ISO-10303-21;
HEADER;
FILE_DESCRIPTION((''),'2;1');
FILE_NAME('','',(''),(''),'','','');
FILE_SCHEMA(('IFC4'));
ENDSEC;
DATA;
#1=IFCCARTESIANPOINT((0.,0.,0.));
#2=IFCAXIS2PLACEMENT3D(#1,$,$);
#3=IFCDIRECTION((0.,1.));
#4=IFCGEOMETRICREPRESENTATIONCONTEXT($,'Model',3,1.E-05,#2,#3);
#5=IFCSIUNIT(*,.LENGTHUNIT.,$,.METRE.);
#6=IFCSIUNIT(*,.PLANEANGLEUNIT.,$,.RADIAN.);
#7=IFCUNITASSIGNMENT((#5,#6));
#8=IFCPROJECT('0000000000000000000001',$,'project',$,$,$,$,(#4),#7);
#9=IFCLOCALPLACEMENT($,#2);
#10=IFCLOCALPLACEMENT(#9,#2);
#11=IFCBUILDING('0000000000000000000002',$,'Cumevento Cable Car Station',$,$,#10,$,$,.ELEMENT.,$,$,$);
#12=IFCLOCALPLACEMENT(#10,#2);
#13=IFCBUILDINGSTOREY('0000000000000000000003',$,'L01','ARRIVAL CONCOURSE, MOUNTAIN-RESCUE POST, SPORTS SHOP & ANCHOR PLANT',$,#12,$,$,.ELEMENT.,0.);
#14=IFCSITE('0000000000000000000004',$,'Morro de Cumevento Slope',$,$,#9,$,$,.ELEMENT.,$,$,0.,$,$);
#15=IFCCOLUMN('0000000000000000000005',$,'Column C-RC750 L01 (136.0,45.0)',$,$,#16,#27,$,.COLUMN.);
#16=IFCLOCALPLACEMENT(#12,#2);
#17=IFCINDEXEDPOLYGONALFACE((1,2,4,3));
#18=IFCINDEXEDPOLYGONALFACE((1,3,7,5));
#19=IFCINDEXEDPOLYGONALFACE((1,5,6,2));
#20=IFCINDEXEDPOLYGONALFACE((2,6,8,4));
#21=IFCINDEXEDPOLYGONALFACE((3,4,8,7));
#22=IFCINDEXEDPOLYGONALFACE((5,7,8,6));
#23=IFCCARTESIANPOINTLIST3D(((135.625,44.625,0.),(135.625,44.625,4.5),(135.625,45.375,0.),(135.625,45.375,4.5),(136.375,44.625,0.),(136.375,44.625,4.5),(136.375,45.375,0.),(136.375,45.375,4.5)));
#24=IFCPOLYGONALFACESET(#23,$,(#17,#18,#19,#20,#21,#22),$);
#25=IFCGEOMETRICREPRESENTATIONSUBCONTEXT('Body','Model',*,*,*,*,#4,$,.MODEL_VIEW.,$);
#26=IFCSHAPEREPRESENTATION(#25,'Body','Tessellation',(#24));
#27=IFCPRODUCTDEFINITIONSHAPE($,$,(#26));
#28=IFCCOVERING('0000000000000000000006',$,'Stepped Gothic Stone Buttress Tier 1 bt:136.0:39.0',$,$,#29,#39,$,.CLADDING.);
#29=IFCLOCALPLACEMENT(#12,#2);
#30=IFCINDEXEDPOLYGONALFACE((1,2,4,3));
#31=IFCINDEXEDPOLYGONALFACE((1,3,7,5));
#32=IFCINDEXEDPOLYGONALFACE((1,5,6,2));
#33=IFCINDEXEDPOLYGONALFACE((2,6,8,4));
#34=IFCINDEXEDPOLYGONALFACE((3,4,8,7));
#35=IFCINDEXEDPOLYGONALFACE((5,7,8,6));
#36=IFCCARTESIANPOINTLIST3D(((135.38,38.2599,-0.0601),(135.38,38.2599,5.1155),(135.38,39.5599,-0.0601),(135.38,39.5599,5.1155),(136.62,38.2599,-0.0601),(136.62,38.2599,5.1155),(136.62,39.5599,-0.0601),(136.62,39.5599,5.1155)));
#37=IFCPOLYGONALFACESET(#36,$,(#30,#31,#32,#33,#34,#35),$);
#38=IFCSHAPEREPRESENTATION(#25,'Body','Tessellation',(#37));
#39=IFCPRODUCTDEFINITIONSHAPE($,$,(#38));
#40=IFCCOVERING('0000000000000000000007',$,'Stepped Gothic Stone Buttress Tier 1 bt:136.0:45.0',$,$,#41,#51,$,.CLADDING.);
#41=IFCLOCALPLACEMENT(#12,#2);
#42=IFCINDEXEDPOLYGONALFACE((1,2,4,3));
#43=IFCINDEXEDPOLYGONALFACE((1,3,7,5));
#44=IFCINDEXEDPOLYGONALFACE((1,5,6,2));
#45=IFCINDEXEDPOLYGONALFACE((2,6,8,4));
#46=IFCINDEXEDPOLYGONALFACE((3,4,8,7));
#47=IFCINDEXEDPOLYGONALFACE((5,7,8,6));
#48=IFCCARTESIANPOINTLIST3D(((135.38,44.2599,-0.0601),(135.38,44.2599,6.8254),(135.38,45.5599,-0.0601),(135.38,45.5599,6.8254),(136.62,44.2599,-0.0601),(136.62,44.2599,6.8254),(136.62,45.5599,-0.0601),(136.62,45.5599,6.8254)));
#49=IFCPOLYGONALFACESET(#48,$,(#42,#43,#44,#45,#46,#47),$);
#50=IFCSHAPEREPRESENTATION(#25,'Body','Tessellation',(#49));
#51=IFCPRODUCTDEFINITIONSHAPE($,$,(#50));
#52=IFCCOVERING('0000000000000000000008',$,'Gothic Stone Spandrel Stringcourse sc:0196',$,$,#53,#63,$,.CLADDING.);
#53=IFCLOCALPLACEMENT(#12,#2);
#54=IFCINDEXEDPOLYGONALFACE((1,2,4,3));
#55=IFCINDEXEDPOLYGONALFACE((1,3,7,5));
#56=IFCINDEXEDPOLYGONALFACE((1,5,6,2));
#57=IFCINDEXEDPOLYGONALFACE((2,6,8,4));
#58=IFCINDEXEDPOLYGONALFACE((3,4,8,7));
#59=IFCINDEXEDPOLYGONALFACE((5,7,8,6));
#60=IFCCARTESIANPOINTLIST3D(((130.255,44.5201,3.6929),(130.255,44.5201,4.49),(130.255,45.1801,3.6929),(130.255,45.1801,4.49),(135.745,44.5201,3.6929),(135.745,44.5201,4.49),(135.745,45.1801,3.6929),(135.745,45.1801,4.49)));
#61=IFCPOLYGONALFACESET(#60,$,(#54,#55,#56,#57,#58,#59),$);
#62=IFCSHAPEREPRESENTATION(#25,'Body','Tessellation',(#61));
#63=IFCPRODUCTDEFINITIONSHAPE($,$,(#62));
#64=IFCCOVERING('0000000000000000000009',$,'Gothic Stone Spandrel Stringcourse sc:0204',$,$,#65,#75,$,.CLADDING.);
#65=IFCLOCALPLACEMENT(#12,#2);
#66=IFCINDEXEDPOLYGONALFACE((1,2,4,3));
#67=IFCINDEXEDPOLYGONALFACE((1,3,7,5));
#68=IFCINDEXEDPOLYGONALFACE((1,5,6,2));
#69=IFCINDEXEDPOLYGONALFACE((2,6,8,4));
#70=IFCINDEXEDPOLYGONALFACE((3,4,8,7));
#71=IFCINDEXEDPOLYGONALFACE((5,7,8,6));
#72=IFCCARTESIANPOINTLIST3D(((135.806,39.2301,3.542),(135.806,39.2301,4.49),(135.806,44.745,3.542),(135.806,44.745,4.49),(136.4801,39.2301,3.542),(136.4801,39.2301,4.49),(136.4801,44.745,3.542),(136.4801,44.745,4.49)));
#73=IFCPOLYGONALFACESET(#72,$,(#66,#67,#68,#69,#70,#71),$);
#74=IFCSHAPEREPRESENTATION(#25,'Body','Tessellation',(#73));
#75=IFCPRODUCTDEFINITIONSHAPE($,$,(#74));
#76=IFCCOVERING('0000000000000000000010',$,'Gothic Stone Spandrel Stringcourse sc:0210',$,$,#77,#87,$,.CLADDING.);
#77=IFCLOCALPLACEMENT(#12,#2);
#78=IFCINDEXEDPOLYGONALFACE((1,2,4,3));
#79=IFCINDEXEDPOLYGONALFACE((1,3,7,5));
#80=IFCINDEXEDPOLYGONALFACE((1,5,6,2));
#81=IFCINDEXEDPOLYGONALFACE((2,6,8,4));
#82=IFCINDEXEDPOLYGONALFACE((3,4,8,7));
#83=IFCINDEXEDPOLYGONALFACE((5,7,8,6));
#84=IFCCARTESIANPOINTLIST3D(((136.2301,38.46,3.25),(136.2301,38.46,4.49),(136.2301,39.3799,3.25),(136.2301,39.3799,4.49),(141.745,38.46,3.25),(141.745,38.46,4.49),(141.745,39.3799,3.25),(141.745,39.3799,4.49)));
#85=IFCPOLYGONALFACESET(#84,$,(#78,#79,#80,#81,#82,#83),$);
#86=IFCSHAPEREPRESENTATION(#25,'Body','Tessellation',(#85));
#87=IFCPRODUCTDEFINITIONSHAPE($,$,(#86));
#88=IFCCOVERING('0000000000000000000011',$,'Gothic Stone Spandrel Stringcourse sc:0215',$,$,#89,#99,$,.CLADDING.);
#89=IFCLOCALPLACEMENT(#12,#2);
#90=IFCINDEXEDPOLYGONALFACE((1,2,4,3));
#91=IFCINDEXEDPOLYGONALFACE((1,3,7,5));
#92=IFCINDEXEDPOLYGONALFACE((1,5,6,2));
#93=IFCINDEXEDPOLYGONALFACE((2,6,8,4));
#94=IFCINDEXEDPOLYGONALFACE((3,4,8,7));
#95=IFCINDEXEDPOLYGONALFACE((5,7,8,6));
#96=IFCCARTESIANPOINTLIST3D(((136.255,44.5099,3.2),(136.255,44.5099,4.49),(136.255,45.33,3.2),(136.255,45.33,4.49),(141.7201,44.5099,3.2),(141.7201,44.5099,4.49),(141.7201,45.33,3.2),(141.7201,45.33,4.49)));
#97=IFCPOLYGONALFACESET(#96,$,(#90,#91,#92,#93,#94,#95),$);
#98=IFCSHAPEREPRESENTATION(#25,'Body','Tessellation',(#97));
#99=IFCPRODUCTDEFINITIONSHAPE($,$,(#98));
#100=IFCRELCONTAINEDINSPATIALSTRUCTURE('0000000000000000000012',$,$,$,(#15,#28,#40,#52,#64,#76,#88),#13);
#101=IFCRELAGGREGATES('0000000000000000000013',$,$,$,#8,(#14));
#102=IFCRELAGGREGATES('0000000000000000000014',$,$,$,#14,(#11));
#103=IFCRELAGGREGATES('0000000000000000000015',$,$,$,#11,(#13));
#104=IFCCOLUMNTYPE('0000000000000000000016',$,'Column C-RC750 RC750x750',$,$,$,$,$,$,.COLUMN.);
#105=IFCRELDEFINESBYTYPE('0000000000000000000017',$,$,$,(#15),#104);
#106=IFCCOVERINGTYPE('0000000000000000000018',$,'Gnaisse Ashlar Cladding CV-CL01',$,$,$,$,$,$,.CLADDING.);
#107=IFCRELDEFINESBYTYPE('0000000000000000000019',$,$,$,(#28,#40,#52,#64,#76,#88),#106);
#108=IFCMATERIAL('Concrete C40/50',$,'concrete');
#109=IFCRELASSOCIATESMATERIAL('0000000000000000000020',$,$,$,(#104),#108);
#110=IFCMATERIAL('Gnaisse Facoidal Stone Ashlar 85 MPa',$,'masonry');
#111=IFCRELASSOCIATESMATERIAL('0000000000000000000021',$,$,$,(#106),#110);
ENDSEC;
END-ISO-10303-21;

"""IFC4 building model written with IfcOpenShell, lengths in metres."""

from ifc_helpers import new_model, si_unit, direction, frame, origin, origin_2d, place, context, subcontext, project, spatial, rectangle, extrude, material, material_profile, profile_set, type_object, element, save


model = new_model("IFC4")

# Units and contexts
model_context = context("Model", 3, precision=1e-05, world=origin(), true_north=direction((0.0, 1.0)))
body_context = subcontext(model_context, "Body", "Model", "MODEL_VIEW")
ifc_project = project(units=[si_unit("LENGTHUNIT", "METRE"), si_unit("PLANEANGLEUNIT", "RADIAN")], contexts=[model_context])

# Site, building, storey
site_placement = place(None, origin())
site = spatial("IfcSite", under=ifc_project, at=site_placement, Name="Morro de Cumevento Slope", CompositionType="ELEMENT", RefElevation=0.0)
building_placement = place(site_placement, origin())
building = spatial("IfcBuilding", under=site, at=building_placement, Name="Cumevento Cable Car Station", CompositionType="ELEMENT")
storey_placement = place(building_placement, origin())
storey = spatial("IfcBuildingStorey", under=building, at=storey_placement, Name="L01", Description="ARRIVAL CONCOURSE, MOUNTAIN-RESCUE POST, SPORTS SHOP & ANCHOR PLANT", CompositionType="ELEMENT", Elevation=0.0)

# Column
ifc_material_1 = material(Name="Concrete C40/50", Category="concrete")
ifc_material_profile_1 = material_profile(ifc_material_1, rectangle(XDim=0.75, YDim=0.75, at=origin_2d()), Name="RC750x750")
ifc_profile_set_1 = profile_set([ifc_material_profile_1], Name="Concrete C40/50")
column_type_1 = type_object("IfcColumnType", Name="Column C-RC750 RC750x750", PredefinedType="COLUMN", material=ifc_profile_set_1)
column_1_placement = place(storey_placement, frame((136.0, 45.0, 0.0), z_axis=(0.0, 0.0, 1.0), x_axis=(1.0, 0.0, 0.0)))
element("IfcColumn", 1, at=column_1_placement, inside=storey, type_object=column_type_1, Name="Column C-RC750 L01 (136.0,45.0)", PredefinedType="COLUMN", context=body_context, shape_type="SweptSolid", body=[
    extrude(rectangle(XDim=0.75, YDim=0.75, at=origin_2d()), origin(), (0.0, 0.0, 1.0), 4.5),
])

# Coverings
ifc_material_2 = material(Name="Gnaisse Facoidal Stone Ashlar 85 MPa", Category="masonry")
covering_type = type_object("IfcCoveringType", Name="Gnaisse Ashlar Cladding CV-CL01", PredefinedType="CLADDING", material=ifc_material_2)
covering_1_placement = place(storey_placement, frame((136.0, 38.9099, -0.0601), z_axis=(0.0, 0.0, 1.0), x_axis=(1.0, 0.0, 0.0)))
element("IfcCovering", 2, at=covering_1_placement, inside=storey, type_object=covering_type, Name="Stepped Gothic Stone Buttress Tier 1 bt:136.0:39.0", PredefinedType="CLADDING", context=body_context, shape_type="SweptSolid", body=[
    extrude(rectangle(XDim=1.24, YDim=1.3, at=origin_2d()), origin(), (0.0, 0.0, 1.0), 5.1755),
])
covering_2_placement = place(storey_placement, frame((136.0, 44.9099, -0.0601), z_axis=(0.0, 0.0, 1.0), x_axis=(1.0, 0.0, 0.0)))
element("IfcCovering", 3, at=covering_2_placement, inside=storey, type_object=covering_type, Name="Stepped Gothic Stone Buttress Tier 1 bt:136.0:45.0", PredefinedType="CLADDING", context=body_context, shape_type="SweptSolid", body=[
    extrude(rectangle(XDim=1.24, YDim=1.3, at=origin_2d()), origin(), (0.0, 0.0, 1.0), 6.8855),
])
covering_3_placement = place(storey_placement, frame((133.0, 44.8501, 3.6929), z_axis=(0.0, 0.0, 1.0), x_axis=(1.0, 0.0, 0.0)))
element("IfcCovering", 4, at=covering_3_placement, inside=storey, type_object=covering_type, Name="Gothic Stone Spandrel Stringcourse sc:0196", PredefinedType="CLADDING", context=body_context, shape_type="SweptSolid", body=[
    extrude(rectangle(XDim=5.49, YDim=0.6599, at=origin_2d()), origin(), (0.0, 0.0, 1.0), 0.7971),
])
covering_4_placement = place(storey_placement, frame((136.1431, 41.9875, 3.542), z_axis=(0.0, 0.0, 1.0), x_axis=(0.0, 1.0, 0.0)))
element("IfcCovering", 5, at=covering_4_placement, inside=storey, type_object=covering_type, Name="Gothic Stone Spandrel Stringcourse sc:0204", PredefinedType="CLADDING", context=body_context, shape_type="SweptSolid", body=[
    extrude(rectangle(XDim=5.5149, YDim=0.6741, at=origin_2d()), origin(), (0.0, 0.0, 1.0), 0.948),
])
covering_5_placement = place(storey_placement, frame((138.9875, 38.9199, 3.25), z_axis=(0.0, 0.0, 1.0), x_axis=(1.0, 0.0, 0.0)))
element("IfcCovering", 6, at=covering_5_placement, inside=storey, type_object=covering_type, Name="Gothic Stone Spandrel Stringcourse sc:0210", PredefinedType="CLADDING", context=body_context, shape_type="SweptSolid", body=[
    extrude(rectangle(XDim=5.5149, YDim=0.9199, at=origin_2d()), origin(), (0.0, 0.0, 1.0), 1.24),
])
covering_6_placement = place(storey_placement, frame((138.9875, 44.9199, 3.2), z_axis=(0.0, 0.0, 1.0), x_axis=(1.0, 0.0, 0.0)))
element("IfcCovering", 7, at=covering_6_placement, inside=storey, type_object=covering_type, Name="Gothic Stone Spandrel Stringcourse sc:0215", PredefinedType="CLADDING", context=body_context, shape_type="SweptSolid", body=[
    extrude(rectangle(XDim=5.4651, YDim=0.8201, at=origin_2d()), origin(), (0.0, 0.0, 1.0), 1.29),
])

save(model, "model.ifc")
